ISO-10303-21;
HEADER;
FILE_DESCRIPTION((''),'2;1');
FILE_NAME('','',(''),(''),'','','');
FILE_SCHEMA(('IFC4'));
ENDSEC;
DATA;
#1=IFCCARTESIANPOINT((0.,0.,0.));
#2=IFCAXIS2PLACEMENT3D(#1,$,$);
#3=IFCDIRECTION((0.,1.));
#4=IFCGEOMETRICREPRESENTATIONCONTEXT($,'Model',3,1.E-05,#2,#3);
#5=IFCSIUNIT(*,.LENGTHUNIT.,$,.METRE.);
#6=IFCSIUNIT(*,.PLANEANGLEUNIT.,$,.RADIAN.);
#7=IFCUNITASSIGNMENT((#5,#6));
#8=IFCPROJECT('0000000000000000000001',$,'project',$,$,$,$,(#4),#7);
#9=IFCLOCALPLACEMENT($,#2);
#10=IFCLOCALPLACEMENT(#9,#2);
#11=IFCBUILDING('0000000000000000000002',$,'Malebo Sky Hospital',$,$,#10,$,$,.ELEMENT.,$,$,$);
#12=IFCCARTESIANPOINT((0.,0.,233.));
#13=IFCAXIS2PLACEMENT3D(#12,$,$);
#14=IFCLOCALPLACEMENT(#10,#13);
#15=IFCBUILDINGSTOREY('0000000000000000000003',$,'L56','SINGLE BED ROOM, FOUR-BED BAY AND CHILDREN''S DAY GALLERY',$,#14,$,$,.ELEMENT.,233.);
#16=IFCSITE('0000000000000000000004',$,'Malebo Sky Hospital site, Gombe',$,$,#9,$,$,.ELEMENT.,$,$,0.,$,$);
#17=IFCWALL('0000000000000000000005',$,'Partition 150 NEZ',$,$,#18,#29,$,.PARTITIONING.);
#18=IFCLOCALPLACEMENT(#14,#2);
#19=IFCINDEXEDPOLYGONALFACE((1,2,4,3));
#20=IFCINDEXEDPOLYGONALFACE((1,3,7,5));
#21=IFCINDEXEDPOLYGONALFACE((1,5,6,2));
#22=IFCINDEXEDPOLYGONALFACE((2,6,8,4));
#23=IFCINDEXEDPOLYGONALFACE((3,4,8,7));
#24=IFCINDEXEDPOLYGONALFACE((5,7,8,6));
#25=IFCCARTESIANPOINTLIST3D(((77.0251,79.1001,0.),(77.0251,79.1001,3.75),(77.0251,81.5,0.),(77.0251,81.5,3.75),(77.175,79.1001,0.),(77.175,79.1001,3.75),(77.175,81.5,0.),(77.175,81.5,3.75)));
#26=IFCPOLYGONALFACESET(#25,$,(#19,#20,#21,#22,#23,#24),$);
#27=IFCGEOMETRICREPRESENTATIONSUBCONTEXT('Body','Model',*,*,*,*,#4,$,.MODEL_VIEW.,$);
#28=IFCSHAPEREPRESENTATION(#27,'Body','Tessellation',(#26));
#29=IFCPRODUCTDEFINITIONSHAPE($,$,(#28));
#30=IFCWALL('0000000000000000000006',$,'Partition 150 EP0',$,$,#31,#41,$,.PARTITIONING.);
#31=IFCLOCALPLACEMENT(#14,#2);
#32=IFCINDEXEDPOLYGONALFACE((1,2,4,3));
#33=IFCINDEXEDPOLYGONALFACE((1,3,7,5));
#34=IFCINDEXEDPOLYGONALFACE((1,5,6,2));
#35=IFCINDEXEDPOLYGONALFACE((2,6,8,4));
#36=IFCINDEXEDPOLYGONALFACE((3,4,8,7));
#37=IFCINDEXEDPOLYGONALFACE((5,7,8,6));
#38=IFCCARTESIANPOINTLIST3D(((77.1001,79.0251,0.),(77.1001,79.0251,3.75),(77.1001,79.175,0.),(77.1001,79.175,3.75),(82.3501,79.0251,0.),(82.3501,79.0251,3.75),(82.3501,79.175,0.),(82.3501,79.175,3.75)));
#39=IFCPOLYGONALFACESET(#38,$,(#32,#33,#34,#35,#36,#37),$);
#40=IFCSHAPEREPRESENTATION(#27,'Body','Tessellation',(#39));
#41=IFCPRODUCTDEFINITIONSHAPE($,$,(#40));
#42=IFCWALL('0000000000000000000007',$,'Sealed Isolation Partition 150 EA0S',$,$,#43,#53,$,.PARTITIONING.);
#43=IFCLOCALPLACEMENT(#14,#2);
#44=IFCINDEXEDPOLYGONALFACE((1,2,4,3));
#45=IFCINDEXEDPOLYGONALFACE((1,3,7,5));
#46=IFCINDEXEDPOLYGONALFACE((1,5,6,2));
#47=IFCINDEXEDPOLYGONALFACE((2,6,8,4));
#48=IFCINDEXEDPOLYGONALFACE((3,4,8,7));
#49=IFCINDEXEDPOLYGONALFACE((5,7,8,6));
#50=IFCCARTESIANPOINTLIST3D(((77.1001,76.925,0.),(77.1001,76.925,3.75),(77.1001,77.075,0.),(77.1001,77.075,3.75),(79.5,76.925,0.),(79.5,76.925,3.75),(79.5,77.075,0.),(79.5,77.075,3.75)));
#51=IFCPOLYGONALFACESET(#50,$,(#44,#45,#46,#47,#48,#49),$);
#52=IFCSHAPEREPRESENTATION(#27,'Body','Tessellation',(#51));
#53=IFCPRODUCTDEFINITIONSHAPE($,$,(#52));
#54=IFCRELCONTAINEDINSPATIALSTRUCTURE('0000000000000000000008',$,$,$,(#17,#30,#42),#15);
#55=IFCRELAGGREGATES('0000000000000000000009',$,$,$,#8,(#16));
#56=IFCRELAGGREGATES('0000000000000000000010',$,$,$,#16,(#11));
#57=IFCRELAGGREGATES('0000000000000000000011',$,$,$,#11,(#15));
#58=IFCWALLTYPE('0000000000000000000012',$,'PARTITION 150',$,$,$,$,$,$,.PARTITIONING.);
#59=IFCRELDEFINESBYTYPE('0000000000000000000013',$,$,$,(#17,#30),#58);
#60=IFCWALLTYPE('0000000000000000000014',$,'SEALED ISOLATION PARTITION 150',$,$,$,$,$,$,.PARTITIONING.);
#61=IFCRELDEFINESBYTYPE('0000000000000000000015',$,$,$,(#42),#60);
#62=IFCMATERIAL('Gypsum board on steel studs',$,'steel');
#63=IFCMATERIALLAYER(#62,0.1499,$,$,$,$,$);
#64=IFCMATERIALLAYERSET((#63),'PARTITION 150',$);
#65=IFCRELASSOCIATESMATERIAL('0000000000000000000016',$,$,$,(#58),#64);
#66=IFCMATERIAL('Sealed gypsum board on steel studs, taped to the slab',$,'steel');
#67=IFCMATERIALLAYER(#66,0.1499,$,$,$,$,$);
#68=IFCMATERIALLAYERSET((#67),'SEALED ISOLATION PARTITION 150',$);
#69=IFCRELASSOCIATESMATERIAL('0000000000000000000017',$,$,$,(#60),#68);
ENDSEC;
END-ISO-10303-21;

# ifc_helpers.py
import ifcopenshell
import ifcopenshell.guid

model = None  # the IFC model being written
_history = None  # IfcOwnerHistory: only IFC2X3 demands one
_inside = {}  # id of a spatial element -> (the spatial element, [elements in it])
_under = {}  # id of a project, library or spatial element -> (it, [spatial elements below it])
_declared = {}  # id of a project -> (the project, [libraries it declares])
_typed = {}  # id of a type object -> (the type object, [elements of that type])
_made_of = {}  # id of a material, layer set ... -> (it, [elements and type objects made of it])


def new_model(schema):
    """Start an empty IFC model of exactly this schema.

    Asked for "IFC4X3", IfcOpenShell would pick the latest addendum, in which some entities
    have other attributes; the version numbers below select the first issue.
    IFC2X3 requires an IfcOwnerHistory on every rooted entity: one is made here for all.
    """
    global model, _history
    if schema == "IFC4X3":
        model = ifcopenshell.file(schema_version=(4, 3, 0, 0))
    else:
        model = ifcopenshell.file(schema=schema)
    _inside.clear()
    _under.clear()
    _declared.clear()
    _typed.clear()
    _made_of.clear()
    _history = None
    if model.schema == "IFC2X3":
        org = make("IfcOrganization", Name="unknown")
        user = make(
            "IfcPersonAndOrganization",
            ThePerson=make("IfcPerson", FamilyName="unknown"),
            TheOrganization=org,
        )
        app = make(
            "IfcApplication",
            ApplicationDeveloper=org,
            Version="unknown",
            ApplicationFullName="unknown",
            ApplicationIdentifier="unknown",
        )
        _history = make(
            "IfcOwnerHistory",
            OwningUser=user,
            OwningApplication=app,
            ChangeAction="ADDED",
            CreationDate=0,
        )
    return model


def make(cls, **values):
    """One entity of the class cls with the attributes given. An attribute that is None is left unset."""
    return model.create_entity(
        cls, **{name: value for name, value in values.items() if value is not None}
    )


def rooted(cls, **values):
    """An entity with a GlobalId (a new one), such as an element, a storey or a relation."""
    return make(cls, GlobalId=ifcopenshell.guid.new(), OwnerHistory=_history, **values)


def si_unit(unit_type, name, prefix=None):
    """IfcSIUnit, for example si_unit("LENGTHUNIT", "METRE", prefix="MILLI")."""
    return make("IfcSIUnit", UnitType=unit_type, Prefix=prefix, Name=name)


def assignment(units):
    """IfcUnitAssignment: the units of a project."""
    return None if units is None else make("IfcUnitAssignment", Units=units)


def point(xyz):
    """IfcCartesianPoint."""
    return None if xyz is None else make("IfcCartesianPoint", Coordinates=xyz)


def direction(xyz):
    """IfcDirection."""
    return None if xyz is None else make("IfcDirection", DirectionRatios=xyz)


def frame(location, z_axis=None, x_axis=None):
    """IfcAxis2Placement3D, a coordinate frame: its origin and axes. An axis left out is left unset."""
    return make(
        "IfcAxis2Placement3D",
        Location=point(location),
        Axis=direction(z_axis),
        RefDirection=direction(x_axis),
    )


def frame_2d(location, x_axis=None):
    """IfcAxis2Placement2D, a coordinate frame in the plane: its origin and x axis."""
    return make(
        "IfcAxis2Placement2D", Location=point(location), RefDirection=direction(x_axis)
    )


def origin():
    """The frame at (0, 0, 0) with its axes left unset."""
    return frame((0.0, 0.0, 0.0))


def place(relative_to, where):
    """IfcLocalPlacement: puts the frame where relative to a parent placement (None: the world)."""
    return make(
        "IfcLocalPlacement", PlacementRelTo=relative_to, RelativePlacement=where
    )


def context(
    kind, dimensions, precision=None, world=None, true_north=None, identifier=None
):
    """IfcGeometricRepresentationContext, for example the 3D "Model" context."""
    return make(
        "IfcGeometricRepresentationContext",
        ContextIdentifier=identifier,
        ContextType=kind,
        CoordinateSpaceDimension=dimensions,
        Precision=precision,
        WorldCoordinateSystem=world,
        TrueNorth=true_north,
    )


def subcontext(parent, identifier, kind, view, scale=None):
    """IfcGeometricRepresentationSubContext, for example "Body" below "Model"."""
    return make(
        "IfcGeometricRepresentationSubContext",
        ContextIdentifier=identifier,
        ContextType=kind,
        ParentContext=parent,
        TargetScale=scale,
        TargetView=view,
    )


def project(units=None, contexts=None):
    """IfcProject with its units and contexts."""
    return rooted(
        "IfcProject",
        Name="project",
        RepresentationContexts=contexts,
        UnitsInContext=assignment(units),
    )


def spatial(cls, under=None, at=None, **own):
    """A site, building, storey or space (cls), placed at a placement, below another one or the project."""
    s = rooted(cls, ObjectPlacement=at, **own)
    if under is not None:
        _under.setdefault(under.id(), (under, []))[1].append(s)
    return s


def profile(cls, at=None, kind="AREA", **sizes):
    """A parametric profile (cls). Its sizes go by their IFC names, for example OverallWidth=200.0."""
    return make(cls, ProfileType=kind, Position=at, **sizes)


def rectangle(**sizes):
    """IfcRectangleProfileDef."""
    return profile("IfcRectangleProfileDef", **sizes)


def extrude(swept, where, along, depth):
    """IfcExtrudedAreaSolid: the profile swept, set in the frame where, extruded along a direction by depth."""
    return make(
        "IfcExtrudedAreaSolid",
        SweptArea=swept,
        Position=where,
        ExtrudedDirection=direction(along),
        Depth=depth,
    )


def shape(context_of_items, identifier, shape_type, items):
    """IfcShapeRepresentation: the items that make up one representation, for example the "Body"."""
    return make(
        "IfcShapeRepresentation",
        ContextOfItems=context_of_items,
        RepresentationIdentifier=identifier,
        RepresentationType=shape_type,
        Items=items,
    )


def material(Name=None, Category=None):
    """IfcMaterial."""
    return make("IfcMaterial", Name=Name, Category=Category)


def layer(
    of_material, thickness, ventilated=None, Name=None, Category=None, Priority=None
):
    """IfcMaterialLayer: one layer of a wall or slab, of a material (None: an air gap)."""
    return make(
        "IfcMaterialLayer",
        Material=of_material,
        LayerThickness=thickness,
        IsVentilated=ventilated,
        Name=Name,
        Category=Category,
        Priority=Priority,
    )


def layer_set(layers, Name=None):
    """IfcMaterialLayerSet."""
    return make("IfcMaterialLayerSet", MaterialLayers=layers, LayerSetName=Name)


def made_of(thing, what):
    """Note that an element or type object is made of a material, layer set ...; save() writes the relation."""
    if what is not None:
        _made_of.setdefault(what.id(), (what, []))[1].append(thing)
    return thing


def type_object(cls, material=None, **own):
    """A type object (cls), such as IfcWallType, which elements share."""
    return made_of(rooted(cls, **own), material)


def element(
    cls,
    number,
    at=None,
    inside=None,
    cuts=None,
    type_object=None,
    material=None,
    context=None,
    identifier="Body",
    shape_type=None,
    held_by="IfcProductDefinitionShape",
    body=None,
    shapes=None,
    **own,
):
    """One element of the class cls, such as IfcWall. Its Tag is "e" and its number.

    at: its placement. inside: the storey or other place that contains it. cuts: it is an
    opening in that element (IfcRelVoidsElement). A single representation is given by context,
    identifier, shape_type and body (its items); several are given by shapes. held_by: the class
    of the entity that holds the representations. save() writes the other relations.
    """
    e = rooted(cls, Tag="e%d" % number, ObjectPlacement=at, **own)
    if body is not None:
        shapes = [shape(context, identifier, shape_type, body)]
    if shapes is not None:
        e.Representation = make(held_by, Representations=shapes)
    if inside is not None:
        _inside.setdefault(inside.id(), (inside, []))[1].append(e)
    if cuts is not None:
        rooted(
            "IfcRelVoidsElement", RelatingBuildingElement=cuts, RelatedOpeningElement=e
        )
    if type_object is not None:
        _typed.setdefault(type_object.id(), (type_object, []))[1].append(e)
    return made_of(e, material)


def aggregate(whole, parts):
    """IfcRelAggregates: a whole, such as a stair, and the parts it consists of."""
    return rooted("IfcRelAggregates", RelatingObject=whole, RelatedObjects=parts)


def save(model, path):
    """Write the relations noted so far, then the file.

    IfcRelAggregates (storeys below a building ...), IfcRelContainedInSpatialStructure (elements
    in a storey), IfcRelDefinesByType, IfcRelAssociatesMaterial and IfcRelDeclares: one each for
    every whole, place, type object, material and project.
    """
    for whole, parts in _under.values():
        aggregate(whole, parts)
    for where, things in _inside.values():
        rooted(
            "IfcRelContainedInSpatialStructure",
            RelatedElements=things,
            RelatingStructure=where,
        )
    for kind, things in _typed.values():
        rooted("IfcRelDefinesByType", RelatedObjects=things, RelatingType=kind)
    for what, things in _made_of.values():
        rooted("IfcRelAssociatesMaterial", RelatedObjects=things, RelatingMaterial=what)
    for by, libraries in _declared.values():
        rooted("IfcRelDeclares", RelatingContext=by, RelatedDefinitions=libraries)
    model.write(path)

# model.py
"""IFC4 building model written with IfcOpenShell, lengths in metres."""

from ifc_helpers import new_model, si_unit, direction, frame, frame_2d, origin, place, context, subcontext, project, spatial, rectangle, extrude, material, layer, layer_set, type_object, element, save


model = new_model("IFC4")

# Units and contexts
model_context = context("Model", 3, precision=1e-05, world=origin(), true_north=direction((0.0, 1.0)))
body_context = subcontext(model_context, "Body", "Model", "MODEL_VIEW")
ifc_project = project(units=[si_unit("LENGTHUNIT", "METRE"), si_unit("PLANEANGLEUNIT", "RADIAN")], contexts=[model_context])

# Site, building, storey
site_placement = place(None, origin())
site = spatial("IfcSite", under=ifc_project, at=site_placement, Name="Malebo Sky Hospital site, Gombe", CompositionType="ELEMENT", RefElevation=0.0)
building_placement = place(site_placement, origin())
building = spatial("IfcBuilding", under=site, at=building_placement, Name="Malebo Sky Hospital", CompositionType="ELEMENT")
storey_placement = place(building_placement, frame((0.0, 0.0, 233.0)))
storey = spatial("IfcBuildingStorey", under=building, at=storey_placement, Name="L56", Description="SINGLE BED ROOM, FOUR-BED BAY AND CHILDREN'S DAY GALLERY", CompositionType="ELEMENT", Elevation=233.0)

# Shared definitions
ifc_material_1 = material(Name="Gypsum board on steel studs", Category="steel")

# Shared definitions
ifc_layer_1 = layer(ifc_material_1, 0.1499)
ifc_layer_set_1 = layer_set([ifc_layer_1], Name="PARTITION 150")
wall_type_1 = type_object("IfcWallType", Name="PARTITION 150", PredefinedType="PARTITIONING", material=ifc_layer_set_1)

# Walls
for number, where, z_axis, x_axis, name in (
    (1, (77.1001, 79.1001, 0.0), (0.0, 0.0, 1.0), (0.0, 1.0, 0.0), "Partition 150 NEZ"),
):
    element("IfcWall", number, at=place(storey_placement, frame(where, z_axis=z_axis, x_axis=x_axis)), inside=storey, type_object=wall_type_1, Name=name, PredefinedType="PARTITIONING", context=body_context, shape_type="SweptSolid", body=[
        extrude(rectangle(XDim=2.3999, YDim=0.1499, at=frame_2d((1.2, 0.0))), origin(), (0.0, 0.0, 1.0), 3.75),
    ])
wall_1_placement = place(storey_placement, frame((77.1001, 79.1001, 0.0), z_axis=(0.0, 0.0, 1.0), x_axis=(1.0, 0.0, 0.0)))
element("IfcWall", 2, at=wall_1_placement, inside=storey, type_object=wall_type_1, Name="Partition 150 EP0", PredefinedType="PARTITIONING", context=body_context, shape_type="SweptSolid", body=[
    extrude(rectangle(XDim=5.25, YDim=0.1499, at=frame_2d((2.625, 0.0))), origin(), (0.0, 0.0, 1.0), 3.75),
])
ifc_material_2 = material(Name="Sealed gypsum board on steel studs, taped to the slab", Category="steel")
ifc_layer_2 = layer(ifc_material_2, 0.1499)
ifc_layer_set_2 = layer_set([ifc_layer_2], Name="SEALED ISOLATION PARTITION 150")
wall_type_2 = type_object("IfcWallType", Name="SEALED ISOLATION PARTITION 150", PredefinedType="PARTITIONING", material=ifc_layer_set_2)
wall_2_placement = place(storey_placement, frame((77.1001, 77.0, 0.0), z_axis=(0.0, 0.0, 1.0), x_axis=(1.0, 0.0, 0.0)))
element("IfcWall", 3, at=wall_2_placement, inside=storey, type_object=wall_type_2, Name="Sealed Isolation Partition 150 EA0S", PredefinedType="PARTITIONING", context=body_context, shape_type="SweptSolid", body=[
    extrude(rectangle(XDim=2.3999, YDim=0.1499, at=frame_2d((1.2, 0.0))), origin(), (0.0, 0.0, 1.0), 3.75),
])

save(model, "model.ifc")
